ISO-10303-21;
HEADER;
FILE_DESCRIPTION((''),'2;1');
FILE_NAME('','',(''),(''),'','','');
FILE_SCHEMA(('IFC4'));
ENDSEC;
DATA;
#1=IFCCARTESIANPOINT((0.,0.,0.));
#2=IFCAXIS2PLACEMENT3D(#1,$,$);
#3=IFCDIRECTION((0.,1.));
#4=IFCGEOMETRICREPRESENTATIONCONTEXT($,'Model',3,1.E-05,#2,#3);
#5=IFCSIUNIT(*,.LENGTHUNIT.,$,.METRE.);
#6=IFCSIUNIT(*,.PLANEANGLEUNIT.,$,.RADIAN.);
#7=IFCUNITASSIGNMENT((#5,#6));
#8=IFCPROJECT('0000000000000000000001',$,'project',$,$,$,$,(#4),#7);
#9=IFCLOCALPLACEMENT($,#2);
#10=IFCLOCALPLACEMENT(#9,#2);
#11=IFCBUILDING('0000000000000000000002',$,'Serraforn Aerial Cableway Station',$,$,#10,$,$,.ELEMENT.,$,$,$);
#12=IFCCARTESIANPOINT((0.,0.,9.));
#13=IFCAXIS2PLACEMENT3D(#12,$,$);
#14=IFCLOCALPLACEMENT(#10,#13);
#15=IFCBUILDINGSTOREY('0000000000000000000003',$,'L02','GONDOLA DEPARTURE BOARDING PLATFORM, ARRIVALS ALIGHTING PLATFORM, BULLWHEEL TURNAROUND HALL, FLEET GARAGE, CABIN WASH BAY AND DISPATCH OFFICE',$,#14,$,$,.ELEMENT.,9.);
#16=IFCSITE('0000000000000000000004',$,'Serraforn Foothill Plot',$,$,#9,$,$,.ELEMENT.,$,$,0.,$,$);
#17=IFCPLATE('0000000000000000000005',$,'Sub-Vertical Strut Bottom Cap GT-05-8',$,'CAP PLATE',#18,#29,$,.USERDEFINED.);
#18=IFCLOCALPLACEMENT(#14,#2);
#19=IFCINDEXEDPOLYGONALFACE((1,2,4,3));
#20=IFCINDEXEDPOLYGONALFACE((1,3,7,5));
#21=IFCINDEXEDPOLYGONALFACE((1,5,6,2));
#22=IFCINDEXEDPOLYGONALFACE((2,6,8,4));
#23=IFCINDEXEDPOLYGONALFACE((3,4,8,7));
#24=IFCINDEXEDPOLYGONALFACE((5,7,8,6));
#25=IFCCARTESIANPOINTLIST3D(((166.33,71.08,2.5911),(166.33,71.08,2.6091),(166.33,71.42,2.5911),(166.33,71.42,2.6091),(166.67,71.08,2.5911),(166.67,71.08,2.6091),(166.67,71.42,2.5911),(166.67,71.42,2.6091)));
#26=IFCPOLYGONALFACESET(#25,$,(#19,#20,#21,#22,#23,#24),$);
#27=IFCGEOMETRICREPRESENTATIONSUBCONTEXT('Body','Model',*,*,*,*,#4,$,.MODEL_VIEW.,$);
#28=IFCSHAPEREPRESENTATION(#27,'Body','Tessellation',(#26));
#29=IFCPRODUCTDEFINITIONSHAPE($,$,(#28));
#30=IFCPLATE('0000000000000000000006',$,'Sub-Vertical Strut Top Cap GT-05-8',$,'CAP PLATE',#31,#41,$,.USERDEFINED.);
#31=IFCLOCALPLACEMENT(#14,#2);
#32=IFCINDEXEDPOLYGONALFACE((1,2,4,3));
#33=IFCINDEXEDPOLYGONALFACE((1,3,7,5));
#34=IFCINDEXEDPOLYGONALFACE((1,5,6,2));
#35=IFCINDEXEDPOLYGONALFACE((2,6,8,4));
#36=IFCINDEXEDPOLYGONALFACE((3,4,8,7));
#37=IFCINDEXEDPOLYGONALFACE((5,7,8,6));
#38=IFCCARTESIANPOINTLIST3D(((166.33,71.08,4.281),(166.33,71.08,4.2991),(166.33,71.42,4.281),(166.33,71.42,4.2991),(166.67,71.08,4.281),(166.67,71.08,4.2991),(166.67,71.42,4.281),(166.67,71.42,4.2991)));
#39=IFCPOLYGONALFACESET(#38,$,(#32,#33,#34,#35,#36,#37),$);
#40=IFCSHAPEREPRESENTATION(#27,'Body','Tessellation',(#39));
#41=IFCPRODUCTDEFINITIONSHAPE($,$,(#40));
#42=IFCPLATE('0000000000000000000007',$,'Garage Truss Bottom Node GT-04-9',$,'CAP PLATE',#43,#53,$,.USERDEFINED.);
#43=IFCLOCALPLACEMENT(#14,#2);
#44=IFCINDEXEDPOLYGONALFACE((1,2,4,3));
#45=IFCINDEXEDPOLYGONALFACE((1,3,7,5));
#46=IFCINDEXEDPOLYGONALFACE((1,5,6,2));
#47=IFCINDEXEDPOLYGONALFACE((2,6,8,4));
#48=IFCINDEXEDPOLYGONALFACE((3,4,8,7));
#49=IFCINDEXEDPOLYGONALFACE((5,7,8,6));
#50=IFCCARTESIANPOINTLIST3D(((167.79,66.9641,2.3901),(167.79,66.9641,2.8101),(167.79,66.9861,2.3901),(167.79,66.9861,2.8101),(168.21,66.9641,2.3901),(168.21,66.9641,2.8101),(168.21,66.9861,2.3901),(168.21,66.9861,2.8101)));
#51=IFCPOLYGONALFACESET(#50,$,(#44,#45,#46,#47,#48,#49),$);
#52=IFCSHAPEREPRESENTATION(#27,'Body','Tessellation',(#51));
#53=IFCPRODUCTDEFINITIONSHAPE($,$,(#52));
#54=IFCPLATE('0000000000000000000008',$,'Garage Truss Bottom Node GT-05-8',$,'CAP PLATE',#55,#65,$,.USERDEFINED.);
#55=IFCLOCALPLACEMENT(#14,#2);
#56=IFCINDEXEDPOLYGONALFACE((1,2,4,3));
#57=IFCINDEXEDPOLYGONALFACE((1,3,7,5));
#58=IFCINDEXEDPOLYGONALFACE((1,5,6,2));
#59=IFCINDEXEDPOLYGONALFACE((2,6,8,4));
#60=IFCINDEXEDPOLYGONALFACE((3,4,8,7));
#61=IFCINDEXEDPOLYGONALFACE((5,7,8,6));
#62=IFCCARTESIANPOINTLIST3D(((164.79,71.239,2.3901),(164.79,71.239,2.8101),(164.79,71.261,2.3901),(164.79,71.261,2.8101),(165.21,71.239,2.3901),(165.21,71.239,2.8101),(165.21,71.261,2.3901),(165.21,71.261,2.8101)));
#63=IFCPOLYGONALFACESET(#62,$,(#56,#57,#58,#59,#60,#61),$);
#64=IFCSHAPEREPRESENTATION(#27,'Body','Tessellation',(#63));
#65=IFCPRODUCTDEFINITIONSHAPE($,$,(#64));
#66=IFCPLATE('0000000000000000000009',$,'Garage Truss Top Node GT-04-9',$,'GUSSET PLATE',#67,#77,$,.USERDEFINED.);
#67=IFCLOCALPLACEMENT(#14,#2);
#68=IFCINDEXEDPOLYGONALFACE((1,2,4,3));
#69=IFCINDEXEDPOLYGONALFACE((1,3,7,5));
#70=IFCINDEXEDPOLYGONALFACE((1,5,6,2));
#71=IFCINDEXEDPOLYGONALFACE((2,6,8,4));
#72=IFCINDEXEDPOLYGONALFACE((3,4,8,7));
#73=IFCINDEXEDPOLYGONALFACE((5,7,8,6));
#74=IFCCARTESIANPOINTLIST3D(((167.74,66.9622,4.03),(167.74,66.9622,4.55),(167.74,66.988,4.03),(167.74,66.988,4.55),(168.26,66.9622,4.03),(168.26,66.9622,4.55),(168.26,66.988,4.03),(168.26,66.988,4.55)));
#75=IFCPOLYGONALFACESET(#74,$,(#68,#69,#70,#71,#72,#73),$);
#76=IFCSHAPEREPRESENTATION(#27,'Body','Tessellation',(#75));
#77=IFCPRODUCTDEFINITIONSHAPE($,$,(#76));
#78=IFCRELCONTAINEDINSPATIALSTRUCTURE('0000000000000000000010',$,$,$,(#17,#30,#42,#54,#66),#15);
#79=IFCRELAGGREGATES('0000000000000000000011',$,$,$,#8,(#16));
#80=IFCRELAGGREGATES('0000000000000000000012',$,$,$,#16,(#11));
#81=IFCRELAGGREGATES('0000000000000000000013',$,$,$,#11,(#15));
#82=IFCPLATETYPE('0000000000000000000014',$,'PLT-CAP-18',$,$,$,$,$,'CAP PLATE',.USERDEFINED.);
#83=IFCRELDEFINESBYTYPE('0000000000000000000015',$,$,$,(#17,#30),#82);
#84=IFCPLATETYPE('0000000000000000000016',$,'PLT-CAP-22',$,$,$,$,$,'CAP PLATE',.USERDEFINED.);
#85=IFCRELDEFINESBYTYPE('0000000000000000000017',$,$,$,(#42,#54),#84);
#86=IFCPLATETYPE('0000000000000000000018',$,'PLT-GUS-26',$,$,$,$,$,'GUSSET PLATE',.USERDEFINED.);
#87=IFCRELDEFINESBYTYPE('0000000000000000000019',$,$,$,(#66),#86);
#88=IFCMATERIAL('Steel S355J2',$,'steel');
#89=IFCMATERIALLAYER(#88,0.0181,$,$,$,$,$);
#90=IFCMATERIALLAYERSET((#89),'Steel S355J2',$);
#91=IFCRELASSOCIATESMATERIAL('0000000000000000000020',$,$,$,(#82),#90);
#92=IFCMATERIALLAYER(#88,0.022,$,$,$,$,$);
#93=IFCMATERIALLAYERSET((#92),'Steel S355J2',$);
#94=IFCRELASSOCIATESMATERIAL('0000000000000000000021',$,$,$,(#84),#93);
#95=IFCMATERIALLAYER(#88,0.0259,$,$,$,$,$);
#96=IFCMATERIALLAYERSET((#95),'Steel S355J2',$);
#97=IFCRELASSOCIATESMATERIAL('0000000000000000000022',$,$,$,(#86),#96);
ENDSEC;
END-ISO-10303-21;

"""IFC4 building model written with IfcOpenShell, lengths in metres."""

from ifc_helpers import new_model, si_unit, direction, frame, origin, origin_2d, place, context, subcontext, project, spatial, rectangle, extrude, material, layer, layer_set, type_object, element, save


model = new_model("IFC4")

# Units and contexts
model_context = context("Model", 3, precision=1e-05, world=origin(), true_north=direction((0.0, 1.0)))
body_context = subcontext(model_context, "Body", "Model", "MODEL_VIEW")
ifc_project = project(units=[si_unit("LENGTHUNIT", "METRE"), si_unit("PLANEANGLEUNIT", "RADIAN")], contexts=[model_context])

# Site, building, storey
site_placement = place(None, origin())
site = spatial("IfcSite", under=ifc_project, at=site_placement, Name="Serraforn Foothill Plot", CompositionType="ELEMENT", RefElevation=0.0)
building_placement = place(site_placement, origin())
building = spatial("IfcBuilding", under=site, at=building_placement, Name="Serraforn Aerial Cableway Station", CompositionType="ELEMENT")
storey_placement = place(building_placement, frame((0.0, 0.0, 9.0)))
storey = spatial("IfcBuildingStorey", under=building, at=storey_placement, Name="L02", Description="GONDOLA DEPARTURE BOARDING PLATFORM, ARRIVALS ALIGHTING PLATFORM, BULLWHEEL TURNAROUND HALL, FLEET GARAGE, CABIN WASH BAY AND DISPATCH OFFICE", CompositionType="ELEMENT", Elevation=9.0)

# Shared definitions
ifc_material_1 = material(Name="Steel S355J2", Category="steel")

# Plates
ifc_layer_1 = layer(ifc_material_1, 0.0181)
ifc_layer_set_1 = layer_set([ifc_layer_1], Name="Steel S355J2")
plate_type_1 = type_object("IfcPlateType", Name="PLT-CAP-18", ElementType="CAP PLATE", PredefinedType="USERDEFINED", material=ifc_layer_set_1)
for number, where, z_axis, x_axis, name in (
    (1, (166.5, 71.25, 2.5911), (0.0, 0.0, 1.0), (1.0, 0.0, 0.0), "Sub-Vertical Strut Bottom Cap GT-05-8"),
    (2, (166.5, 71.25, 4.281), (0.0, 0.0, 1.0), (1.0, 0.0, 0.0), "Sub-Vertical Strut Top Cap GT-05-8"),
):
    element("IfcPlate", number, at=place(storey_placement, frame(where, z_axis=z_axis, x_axis=x_axis)), inside=storey, type_object=plate_type_1, Name=name, ObjectType="CAP PLATE", PredefinedType="USERDEFINED", context=body_context, shape_type="SweptSolid", body=[
        extrude(rectangle(XDim=0.3401, YDim=0.3401, at=origin_2d()), origin(), (0.0, 0.0, 1.0), 0.0181),
    ])
ifc_layer_2 = layer(ifc_material_1, 0.022)
ifc_layer_set_2 = layer_set([ifc_layer_2], Name="Steel S355J2")
plate_type_2 = type_object("IfcPlateType", Name="PLT-CAP-22", ElementType="CAP PLATE", PredefinedType="USERDEFINED", material=ifc_layer_set_2)
for number, where, z_axis, x_axis, name in (
    (3, (168.0, 66.9751, 2.3901), (0.0, 0.0, 1.0), (1.0, 0.0, 0.0), "Garage Truss Bottom Node GT-04-9"),
    (4, (165.0, 71.25, 2.3901), (0.0, 0.0, 1.0), (1.0, 0.0, 0.0), "Garage Truss Bottom Node GT-05-8"),
):
    element("IfcPlate", number, at=place(storey_placement, frame(where, z_axis=z_axis, x_axis=x_axis)), inside=storey, type_object=plate_type_2, Name=name, ObjectType="CAP PLATE", PredefinedType="USERDEFINED", context=body_context, shape_type="SweptSolid", body=[
        extrude(rectangle(XDim=0.4199, YDim=0.022, at=origin_2d()), origin(), (0.0, 0.0, 1.0), 0.4199),
    ])
ifc_layer_3 = layer(ifc_material_1, 0.0259)
ifc_layer_set_3 = layer_set([ifc_layer_3], Name="Steel S355J2")
plate_type_3 = type_object("IfcPlateType", Name="PLT-GUS-26", ElementType="GUSSET PLATE", PredefinedType="USERDEFINED", material=ifc_layer_set_3)
plate_1_placement = place(storey_placement, frame((168.0, 66.9751, 4.03), z_axis=(0.0, 0.0, 1.0), x_axis=(1.0, 0.0, 0.0)))
element("IfcPlate", 5, at=plate_1_placement, inside=storey, type_object=plate_type_3, Name="Garage Truss Top Node GT-04-9", ObjectType="GUSSET PLATE", PredefinedType="USERDEFINED", context=body_context, shape_type="SweptSolid", body=[
    extrude(rectangle(XDim=0.52, YDim=0.0259, at=origin_2d()), origin(), (0.0, 0.0, 1.0), 0.52),
])

save(model, "model.ifc")
